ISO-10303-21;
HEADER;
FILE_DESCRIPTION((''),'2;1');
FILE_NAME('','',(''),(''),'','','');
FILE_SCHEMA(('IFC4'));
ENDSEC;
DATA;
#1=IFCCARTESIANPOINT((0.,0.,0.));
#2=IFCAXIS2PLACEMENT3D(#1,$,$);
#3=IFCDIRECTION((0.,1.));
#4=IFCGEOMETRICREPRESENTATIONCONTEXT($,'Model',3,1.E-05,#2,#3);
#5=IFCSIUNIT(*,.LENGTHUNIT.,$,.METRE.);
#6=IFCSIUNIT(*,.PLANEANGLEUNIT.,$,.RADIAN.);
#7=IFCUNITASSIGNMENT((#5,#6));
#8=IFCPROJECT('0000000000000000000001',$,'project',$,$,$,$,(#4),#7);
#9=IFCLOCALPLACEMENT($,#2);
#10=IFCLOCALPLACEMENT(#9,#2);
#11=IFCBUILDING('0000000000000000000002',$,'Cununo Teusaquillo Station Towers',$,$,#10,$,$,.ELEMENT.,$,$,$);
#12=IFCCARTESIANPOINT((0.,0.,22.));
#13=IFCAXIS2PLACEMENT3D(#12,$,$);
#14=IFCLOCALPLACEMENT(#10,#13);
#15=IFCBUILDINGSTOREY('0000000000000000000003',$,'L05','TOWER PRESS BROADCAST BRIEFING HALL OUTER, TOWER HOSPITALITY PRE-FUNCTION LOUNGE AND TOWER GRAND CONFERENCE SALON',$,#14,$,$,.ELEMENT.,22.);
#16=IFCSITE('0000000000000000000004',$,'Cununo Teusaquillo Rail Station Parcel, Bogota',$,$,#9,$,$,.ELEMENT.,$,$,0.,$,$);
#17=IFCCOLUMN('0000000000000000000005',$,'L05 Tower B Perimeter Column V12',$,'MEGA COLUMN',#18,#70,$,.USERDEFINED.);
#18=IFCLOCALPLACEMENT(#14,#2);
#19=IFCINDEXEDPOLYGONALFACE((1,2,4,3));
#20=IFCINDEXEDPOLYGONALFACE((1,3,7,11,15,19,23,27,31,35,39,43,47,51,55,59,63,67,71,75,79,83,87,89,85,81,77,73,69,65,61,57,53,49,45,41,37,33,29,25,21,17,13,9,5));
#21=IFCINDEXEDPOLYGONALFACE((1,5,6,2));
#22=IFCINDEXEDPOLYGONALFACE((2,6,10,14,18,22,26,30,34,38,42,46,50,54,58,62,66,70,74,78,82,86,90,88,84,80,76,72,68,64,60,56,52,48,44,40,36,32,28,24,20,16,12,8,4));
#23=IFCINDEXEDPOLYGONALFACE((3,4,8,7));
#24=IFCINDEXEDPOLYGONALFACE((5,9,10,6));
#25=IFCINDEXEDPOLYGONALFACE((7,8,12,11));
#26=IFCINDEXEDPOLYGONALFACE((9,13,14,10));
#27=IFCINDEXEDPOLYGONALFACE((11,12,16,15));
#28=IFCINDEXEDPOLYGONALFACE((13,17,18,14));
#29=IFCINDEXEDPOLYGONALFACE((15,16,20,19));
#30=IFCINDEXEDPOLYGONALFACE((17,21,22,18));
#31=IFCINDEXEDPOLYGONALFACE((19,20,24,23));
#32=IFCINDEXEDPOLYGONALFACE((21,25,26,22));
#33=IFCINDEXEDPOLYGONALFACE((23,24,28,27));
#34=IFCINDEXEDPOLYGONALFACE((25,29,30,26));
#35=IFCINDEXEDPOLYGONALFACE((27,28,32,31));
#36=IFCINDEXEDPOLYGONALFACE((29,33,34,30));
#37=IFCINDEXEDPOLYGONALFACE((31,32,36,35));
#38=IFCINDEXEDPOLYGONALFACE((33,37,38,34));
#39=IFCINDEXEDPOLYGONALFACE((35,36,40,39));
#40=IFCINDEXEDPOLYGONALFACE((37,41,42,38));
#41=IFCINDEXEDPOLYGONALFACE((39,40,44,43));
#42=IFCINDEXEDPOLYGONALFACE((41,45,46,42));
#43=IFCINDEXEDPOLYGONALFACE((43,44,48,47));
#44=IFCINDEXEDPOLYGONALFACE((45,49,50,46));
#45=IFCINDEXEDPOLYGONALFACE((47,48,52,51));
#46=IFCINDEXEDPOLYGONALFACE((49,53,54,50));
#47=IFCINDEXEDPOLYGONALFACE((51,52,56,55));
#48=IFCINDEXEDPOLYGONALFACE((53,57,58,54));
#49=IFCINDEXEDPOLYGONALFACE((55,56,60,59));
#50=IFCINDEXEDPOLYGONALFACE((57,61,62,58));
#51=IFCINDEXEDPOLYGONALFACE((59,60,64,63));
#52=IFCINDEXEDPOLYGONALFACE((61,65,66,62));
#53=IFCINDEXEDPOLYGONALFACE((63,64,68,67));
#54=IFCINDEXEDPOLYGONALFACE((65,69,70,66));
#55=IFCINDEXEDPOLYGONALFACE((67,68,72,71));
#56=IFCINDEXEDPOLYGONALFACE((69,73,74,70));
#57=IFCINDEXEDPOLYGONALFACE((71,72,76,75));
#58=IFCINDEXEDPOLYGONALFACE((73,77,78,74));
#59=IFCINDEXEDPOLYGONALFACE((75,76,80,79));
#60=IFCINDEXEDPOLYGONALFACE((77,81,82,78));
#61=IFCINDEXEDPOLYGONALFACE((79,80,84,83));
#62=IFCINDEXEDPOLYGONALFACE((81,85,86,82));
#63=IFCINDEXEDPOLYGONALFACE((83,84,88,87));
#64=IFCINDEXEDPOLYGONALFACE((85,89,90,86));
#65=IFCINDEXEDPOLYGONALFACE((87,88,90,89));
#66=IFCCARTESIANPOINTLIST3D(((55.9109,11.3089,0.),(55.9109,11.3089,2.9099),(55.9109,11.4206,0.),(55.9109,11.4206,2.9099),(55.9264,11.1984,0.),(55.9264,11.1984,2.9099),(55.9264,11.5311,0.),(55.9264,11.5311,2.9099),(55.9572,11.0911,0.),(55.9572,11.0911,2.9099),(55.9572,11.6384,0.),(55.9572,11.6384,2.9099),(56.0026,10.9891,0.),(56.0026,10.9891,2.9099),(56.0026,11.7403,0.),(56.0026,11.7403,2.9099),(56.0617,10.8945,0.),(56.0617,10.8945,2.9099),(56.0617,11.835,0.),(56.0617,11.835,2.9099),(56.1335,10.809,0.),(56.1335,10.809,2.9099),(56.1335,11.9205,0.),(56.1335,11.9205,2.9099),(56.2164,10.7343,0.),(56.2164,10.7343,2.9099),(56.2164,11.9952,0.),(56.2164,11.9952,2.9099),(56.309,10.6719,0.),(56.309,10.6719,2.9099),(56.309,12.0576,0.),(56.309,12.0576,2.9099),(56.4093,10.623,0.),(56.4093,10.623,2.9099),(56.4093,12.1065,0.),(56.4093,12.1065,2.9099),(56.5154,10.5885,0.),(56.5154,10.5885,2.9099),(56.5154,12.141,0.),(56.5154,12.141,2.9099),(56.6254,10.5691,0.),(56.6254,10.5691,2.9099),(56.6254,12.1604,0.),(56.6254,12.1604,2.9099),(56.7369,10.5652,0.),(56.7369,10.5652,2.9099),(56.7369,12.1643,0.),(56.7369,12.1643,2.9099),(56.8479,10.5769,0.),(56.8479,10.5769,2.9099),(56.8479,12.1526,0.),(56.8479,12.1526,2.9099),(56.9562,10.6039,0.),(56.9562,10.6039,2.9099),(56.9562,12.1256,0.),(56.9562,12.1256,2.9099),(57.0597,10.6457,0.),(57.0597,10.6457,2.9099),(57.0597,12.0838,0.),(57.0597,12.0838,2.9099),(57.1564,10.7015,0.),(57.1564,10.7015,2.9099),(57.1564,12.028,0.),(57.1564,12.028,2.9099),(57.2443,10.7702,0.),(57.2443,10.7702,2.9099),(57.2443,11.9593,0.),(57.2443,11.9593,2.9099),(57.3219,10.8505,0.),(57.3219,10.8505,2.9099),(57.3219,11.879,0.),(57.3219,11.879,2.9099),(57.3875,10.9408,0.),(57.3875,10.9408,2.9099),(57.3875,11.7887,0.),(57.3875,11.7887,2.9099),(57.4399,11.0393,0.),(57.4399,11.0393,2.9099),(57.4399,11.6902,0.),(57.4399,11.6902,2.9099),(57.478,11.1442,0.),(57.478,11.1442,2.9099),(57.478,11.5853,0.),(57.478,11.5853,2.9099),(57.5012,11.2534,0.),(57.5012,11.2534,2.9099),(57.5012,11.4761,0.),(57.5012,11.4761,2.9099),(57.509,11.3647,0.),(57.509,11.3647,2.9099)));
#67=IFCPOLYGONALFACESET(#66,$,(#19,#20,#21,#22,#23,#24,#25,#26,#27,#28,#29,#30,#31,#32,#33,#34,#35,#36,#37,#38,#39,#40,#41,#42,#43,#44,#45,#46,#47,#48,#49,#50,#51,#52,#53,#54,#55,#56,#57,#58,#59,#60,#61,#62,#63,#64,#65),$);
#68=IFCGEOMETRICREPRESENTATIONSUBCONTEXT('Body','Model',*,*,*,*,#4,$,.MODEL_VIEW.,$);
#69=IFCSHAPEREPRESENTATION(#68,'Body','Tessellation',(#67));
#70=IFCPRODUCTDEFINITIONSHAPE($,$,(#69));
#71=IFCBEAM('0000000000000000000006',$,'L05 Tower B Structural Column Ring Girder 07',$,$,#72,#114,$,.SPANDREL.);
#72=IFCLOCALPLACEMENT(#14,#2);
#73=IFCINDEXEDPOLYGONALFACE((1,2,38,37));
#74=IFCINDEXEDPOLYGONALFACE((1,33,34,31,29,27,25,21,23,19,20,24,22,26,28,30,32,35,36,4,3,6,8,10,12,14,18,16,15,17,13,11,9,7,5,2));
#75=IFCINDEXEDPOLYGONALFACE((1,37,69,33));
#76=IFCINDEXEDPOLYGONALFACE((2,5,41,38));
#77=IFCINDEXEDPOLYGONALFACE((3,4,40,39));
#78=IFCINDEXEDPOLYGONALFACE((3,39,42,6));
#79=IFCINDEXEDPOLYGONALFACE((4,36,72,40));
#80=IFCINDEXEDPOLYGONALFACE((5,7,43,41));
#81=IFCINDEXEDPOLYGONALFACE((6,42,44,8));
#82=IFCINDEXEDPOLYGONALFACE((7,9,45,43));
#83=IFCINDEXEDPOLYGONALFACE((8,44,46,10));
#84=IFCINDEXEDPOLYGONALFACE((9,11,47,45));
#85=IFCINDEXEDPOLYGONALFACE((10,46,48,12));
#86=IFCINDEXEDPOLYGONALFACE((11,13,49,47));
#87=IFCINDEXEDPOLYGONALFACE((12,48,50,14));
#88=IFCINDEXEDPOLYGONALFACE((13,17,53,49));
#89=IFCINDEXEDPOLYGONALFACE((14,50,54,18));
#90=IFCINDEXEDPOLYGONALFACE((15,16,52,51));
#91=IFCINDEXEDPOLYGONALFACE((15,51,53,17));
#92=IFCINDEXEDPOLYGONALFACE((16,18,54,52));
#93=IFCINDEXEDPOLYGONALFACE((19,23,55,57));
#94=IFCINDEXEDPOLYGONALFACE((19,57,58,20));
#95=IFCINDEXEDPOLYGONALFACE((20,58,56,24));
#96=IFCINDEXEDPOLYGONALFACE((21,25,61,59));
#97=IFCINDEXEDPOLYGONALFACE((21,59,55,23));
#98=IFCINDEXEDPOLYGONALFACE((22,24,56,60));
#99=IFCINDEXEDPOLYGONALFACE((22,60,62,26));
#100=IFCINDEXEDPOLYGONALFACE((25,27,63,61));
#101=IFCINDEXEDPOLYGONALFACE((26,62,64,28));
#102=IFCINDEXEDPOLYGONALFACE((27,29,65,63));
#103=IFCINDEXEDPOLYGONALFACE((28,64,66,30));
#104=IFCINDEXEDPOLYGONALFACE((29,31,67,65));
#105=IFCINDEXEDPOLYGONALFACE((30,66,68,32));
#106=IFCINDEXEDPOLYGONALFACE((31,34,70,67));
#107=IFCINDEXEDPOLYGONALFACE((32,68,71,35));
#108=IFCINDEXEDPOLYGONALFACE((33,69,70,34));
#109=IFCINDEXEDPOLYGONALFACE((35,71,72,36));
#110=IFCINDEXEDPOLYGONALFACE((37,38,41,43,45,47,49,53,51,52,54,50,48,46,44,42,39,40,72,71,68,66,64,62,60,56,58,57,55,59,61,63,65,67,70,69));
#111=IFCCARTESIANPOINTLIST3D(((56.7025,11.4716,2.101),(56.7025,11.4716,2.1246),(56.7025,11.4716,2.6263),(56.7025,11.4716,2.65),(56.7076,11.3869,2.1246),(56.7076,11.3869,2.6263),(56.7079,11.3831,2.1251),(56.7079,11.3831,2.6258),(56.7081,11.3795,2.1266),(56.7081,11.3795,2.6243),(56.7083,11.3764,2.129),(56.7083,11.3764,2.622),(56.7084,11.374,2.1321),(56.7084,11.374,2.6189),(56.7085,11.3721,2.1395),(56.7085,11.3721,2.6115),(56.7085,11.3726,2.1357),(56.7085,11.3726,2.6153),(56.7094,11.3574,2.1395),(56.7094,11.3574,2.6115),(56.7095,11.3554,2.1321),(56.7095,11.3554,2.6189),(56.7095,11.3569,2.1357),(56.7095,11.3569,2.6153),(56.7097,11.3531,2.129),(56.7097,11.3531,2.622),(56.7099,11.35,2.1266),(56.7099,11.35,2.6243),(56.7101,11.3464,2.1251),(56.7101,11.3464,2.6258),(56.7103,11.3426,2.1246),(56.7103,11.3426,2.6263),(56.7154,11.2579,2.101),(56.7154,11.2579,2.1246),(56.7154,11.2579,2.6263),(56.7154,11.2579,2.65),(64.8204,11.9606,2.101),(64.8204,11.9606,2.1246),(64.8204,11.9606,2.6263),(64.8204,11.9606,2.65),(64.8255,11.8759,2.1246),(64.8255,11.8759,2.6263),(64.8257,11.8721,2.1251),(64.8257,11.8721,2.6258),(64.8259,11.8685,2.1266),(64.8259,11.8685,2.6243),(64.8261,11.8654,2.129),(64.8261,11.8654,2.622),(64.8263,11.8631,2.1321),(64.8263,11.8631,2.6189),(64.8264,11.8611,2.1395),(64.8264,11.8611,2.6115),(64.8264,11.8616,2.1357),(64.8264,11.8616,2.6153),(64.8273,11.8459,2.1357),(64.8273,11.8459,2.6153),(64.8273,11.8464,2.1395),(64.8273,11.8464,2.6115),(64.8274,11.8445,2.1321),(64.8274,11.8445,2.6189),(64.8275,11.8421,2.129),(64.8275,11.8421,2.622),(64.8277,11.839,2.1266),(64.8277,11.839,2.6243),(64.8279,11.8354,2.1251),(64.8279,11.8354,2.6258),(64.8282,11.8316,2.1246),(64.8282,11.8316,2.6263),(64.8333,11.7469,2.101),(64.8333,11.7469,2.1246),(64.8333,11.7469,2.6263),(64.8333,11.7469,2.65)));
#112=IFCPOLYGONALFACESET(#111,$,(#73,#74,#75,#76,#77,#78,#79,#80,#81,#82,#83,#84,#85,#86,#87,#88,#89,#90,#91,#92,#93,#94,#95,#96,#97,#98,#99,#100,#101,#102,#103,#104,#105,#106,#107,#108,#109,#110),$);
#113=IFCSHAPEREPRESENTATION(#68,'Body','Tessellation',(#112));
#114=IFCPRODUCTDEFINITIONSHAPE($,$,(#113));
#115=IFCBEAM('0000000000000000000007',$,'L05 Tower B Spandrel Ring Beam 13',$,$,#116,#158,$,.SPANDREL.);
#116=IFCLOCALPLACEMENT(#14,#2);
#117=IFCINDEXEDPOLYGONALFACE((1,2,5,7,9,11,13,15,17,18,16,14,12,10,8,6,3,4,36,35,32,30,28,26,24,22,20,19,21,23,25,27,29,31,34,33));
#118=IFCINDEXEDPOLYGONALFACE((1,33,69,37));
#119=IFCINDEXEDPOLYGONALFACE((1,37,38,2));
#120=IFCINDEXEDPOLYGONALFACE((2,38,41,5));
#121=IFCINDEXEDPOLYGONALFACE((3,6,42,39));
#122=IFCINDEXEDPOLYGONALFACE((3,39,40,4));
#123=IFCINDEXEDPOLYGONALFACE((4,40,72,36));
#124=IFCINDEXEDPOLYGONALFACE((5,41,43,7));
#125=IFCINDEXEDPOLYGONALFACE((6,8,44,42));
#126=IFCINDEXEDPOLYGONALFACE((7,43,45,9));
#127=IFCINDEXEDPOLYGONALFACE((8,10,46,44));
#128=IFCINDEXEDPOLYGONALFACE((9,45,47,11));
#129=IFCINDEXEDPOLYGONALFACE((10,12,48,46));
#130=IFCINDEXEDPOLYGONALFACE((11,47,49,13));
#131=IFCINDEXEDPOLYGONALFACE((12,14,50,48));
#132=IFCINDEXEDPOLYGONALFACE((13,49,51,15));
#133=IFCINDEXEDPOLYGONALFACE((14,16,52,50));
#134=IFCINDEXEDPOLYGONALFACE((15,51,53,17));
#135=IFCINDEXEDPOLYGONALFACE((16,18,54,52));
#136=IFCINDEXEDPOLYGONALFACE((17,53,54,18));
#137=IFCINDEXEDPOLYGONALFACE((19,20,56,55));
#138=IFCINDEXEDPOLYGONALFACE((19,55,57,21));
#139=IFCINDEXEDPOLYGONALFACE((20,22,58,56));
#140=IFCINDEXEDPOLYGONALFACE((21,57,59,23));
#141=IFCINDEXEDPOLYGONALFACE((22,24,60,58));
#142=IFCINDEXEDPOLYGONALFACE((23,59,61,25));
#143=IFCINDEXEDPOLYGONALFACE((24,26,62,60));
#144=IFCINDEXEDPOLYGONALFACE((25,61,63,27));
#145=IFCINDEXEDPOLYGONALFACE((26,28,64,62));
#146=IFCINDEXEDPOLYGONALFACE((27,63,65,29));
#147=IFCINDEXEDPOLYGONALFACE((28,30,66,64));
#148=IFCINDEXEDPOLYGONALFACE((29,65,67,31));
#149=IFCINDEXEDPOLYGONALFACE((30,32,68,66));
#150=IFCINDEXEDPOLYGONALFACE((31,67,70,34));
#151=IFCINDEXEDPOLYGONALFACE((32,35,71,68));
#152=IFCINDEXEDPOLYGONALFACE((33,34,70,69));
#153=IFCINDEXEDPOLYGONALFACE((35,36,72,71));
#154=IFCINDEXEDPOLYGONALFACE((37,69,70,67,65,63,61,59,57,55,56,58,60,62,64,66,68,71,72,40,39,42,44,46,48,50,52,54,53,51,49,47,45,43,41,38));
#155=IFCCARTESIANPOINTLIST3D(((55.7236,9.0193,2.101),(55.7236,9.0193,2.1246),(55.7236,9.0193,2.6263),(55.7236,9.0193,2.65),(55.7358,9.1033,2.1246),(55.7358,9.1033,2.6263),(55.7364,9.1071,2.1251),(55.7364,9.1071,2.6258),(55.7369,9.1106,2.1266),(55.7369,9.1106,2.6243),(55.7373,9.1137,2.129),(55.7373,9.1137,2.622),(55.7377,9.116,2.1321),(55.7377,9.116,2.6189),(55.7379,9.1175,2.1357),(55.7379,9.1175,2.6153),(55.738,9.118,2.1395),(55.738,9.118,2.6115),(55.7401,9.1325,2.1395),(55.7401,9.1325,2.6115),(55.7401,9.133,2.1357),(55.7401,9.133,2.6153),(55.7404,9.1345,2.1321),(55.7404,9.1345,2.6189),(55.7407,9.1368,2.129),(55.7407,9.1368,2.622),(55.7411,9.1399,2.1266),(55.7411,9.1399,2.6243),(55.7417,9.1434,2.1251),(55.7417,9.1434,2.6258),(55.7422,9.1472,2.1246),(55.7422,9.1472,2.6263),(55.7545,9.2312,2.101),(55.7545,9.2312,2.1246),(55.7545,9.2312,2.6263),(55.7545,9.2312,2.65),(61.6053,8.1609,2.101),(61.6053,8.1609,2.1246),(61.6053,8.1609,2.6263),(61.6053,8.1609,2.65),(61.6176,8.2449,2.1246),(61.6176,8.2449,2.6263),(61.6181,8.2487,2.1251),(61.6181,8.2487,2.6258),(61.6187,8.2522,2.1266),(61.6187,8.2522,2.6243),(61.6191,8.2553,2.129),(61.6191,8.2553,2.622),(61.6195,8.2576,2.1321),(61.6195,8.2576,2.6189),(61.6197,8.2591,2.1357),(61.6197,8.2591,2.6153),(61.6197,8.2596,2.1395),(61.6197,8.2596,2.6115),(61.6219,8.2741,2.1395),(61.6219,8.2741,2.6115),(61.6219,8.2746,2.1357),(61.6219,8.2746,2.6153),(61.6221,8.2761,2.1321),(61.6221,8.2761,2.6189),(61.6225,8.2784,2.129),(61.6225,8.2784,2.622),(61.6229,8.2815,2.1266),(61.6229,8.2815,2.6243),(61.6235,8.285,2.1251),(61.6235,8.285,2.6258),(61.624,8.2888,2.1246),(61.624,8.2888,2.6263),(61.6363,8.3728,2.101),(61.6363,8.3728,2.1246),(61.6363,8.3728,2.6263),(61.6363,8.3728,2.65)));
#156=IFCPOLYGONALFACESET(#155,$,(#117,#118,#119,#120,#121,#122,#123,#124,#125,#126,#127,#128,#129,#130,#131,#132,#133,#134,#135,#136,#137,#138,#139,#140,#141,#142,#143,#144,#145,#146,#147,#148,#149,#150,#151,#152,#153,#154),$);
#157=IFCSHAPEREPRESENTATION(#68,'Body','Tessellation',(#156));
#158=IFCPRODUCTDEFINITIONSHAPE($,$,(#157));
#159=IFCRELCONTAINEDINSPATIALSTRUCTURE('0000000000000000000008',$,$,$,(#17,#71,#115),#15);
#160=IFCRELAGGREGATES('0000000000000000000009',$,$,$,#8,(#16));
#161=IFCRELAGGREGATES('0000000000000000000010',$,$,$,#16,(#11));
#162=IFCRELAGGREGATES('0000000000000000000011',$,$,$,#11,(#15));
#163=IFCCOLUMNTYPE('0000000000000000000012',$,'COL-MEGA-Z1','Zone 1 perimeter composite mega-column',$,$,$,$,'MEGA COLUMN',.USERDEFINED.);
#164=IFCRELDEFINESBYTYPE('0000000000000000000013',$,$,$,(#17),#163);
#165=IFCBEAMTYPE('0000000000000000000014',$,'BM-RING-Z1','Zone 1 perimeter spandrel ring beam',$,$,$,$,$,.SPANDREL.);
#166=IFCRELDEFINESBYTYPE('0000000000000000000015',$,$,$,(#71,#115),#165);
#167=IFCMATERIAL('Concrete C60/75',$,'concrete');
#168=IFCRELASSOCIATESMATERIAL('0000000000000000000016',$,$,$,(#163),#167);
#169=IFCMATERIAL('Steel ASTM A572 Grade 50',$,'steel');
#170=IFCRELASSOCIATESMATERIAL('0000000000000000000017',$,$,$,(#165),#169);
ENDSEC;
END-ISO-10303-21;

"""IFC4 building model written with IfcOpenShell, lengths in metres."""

from ifc_helpers import new_model, si_unit, direction, frame, origin, origin_2d, place, context, subcontext, project, spatial, circle, i_section, extrude, material, material_profile, profile_set, type_object, element, save


model = new_model("IFC4")

# Units and contexts
model_context = context("Model", 3, precision=1e-05, world=origin(), true_north=direction((0.0, 1.0)))
body_context = subcontext(model_context, "Body", "Model", "MODEL_VIEW")
ifc_project = project(units=[si_unit("LENGTHUNIT", "METRE"), si_unit("PLANEANGLEUNIT", "RADIAN")], contexts=[model_context])

# Site, building, storey
site_placement = place(None, origin())
site = spatial("IfcSite", under=ifc_project, at=site_placement, Name="Cununo Teusaquillo Rail Station Parcel, Bogota", CompositionType="ELEMENT", RefElevation=0.0)
building_placement = place(site_placement, origin())
building = spatial("IfcBuilding", under=site, at=building_placement, Name="Cununo Teusaquillo Station Towers", CompositionType="ELEMENT")
storey_placement = place(building_placement, frame((0.0, 0.0, 22.0)))
storey = spatial("IfcBuildingStorey", under=building, at=storey_placement, Name="L05", Description="TOWER PRESS BROADCAST BRIEFING HALL OUTER, TOWER HOSPITALITY PRE-FUNCTION LOUNGE AND TOWER GRAND CONFERENCE SALON", CompositionType="ELEMENT", Elevation=22.0)

# Column
ifc_material_1 = material(Name="Concrete C60/75", Category="concrete")
ifc_material_profile_1 = material_profile(ifc_material_1, circle(Radius=0.8, at=origin_2d()), Name="RC-CIRC-1600")
ifc_profile_set_1 = profile_set([ifc_material_profile_1], Name="Concrete C60/75")
column_type = type_object("IfcColumnType", Name="COL-MEGA-Z1", Description="Zone 1 perimeter composite mega-column", ElementType="MEGA COLUMN", PredefinedType="USERDEFINED", material=ifc_profile_set_1)
column_placement = place(storey_placement, frame((56.709, 11.3647, 0.0), z_axis=(0.0, 0.0, 1.0), x_axis=(1.0, 0.0, 0.0)))
element("IfcColumn", 1, at=column_placement, inside=storey, type_object=column_type, Name="L05 Tower B Perimeter Column V12", ObjectType="MEGA COLUMN", PredefinedType="USERDEFINED", context=body_context, shape_type="SweptSolid", body=[
    extrude(circle(Radius=0.8, at=origin_2d()), origin(), (0.0, 0.0, 1.0), 2.9099),
])

# Beams
ifc_material_2 = material(Name="Steel ASTM A572 Grade 50", Category="steel")
ifc_material_profile_2 = material_profile(ifc_material_2, i_section(OverallWidth=0.2141, OverallDepth=0.5491, WebThickness=0.0146, FlangeThickness=0.0237, FilletRadius=0.0149, at=origin_2d()), Name="W21X93")
ifc_profile_set_2 = profile_set([ifc_material_profile_2], Name="Steel ASTM A572 Grade 50")
beam_type = type_object("IfcBeamType", Name="BM-RING-Z1", Description="Zone 1 perimeter spandrel ring beam", PredefinedType="SPANDREL", material=ifc_profile_set_2)
beam_1_placement = place(storey_placement, frame((56.709, 11.3647, 2.3755), z_axis=(0.998191, 0.06013, 0.0), x_axis=(-0.06013, 0.998191, 0.0)))
element("IfcBeam", 2, at=beam_1_placement, inside=storey, type_object=beam_type, Name="L05 Tower B Structural Column Ring Girder 07", PredefinedType="SPANDREL", context=body_context, shape_type="SweptSolid", body=[
    extrude(i_section(OverallWidth=0.2141, OverallDepth=0.5491, WebThickness=0.0146, FlangeThickness=0.0237, FilletRadius=0.0149, at=origin_2d()), origin(), (0.0, 0.0, 1.0), 8.1326),
])
beam_2_placement = place(storey_placement, frame((55.739, 9.1252, 2.3755), z_axis=(0.989518, -0.144411, 0.0), x_axis=(0.144411, 0.989518, 0.0)))
element("IfcBeam", 3, at=beam_2_placement, inside=storey, type_object=beam_type, Name="L05 Tower B Spandrel Ring Beam 13", PredefinedType="SPANDREL", context=body_context, shape_type="SweptSolid", body=[
    extrude(i_section(OverallWidth=0.2141, OverallDepth=0.5491, WebThickness=0.0146, FlangeThickness=0.0237, FilletRadius=0.0149, at=origin_2d()), origin(), (0.0, 0.0, 1.0), 5.9441),
])

save(model, "model.ifc")
